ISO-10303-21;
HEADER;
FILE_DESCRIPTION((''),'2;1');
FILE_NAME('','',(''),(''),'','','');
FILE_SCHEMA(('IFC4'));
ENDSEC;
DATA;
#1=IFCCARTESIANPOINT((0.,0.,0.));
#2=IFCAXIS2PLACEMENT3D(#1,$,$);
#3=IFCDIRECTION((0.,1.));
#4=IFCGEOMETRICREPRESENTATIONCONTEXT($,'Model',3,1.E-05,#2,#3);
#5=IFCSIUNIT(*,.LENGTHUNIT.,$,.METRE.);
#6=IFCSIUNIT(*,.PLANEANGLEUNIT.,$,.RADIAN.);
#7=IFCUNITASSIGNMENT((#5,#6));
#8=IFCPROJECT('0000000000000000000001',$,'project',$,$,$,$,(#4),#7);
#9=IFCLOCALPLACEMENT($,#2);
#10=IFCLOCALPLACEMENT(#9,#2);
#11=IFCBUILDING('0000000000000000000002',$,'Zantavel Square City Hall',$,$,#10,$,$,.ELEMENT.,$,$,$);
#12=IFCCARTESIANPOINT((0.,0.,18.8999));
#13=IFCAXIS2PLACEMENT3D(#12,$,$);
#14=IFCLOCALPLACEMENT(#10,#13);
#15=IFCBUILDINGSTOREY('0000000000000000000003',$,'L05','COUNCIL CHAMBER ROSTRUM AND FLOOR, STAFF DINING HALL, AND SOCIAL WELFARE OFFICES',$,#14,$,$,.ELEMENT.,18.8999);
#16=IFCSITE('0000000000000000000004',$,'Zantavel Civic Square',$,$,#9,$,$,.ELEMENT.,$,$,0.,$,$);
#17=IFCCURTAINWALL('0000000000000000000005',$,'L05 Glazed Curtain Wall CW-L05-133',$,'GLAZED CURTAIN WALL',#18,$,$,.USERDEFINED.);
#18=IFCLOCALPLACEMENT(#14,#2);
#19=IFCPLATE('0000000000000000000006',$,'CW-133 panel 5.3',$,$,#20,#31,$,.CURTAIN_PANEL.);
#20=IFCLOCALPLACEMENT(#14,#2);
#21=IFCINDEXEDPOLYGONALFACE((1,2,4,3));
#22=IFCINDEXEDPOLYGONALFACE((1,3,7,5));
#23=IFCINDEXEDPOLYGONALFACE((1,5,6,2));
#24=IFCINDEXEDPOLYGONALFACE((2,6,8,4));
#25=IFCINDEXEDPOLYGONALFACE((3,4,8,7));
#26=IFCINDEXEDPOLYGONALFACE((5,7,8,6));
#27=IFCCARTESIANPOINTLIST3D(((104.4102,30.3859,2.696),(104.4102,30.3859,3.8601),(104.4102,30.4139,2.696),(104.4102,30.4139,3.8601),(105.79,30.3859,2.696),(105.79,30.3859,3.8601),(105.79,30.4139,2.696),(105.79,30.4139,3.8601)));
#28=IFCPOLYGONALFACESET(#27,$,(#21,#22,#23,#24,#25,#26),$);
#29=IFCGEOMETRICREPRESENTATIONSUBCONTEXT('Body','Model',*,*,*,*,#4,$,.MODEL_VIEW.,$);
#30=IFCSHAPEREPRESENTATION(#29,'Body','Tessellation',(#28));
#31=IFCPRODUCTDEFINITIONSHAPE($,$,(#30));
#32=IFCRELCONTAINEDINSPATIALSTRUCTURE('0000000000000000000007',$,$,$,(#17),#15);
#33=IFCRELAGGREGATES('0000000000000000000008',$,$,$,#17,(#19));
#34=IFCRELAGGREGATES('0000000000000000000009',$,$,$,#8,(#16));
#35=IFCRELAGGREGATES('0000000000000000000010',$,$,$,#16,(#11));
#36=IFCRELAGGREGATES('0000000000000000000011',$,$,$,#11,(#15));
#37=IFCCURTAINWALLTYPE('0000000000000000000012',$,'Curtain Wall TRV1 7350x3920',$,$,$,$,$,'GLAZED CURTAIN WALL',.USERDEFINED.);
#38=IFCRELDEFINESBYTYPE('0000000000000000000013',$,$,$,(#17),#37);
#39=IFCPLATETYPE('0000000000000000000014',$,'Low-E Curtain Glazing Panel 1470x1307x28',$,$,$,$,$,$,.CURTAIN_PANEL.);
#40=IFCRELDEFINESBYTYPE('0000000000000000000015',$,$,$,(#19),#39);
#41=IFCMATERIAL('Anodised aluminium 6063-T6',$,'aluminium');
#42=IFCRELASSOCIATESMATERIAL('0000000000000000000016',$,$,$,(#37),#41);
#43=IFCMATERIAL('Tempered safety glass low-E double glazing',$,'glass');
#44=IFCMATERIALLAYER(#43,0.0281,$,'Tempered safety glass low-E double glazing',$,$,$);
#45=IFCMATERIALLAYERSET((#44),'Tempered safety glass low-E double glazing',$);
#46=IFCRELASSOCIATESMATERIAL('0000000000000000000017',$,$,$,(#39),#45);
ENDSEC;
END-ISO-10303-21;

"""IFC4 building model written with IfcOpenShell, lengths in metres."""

from ifc_helpers import new_model, si_unit, direction, frame, origin, origin_2d, place, context, subcontext, project, spatial, rectangle, extrude, material, layer, layer_set, type_object, element, aggregate, save


model = new_model("IFC4")

# Units and contexts
model_context = context("Model", 3, precision=1e-05, world=origin(), true_north=direction((0.0, 1.0)))
body_context = subcontext(model_context, "Body", "Model", "MODEL_VIEW")
ifc_project = project(units=[si_unit("LENGTHUNIT", "METRE"), si_unit("PLANEANGLEUNIT", "RADIAN")], contexts=[model_context])

# Site, building, storey
site_placement = place(None, origin())
site = spatial("IfcSite", under=ifc_project, at=site_placement, Name="Zantavel Civic Square", CompositionType="ELEMENT", RefElevation=0.0)
building_placement = place(site_placement, origin())
building = spatial("IfcBuilding", under=site, at=building_placement, Name="Zantavel Square City Hall", CompositionType="ELEMENT")
storey_placement = place(building_placement, frame((0.0, 0.0, 18.8999)))
storey = spatial("IfcBuildingStorey", under=building, at=storey_placement, Name="L05", Description="COUNCIL CHAMBER ROSTRUM AND FLOOR, STAFF DINING HALL, AND SOCIAL WELFARE OFFICES", CompositionType="ELEMENT", Elevation=18.8999)

# Curtain wall
ifc_material_1 = material(Name="Anodised aluminium 6063-T6", Category="aluminium")
curtain_wall_type_1 = type_object("IfcCurtainWallType", Name="Curtain Wall TRV1 7350x3920", ElementType="GLAZED CURTAIN WALL", PredefinedType="USERDEFINED", material=ifc_material_1)
curtain_wall_1_placement = place(storey_placement, origin())
curtain_wall_1 = element("IfcCurtainWall", 1, at=curtain_wall_1_placement, inside=storey, type_object=curtain_wall_type_1, Name="L05 Glazed Curtain Wall CW-L05-133", ObjectType="GLAZED CURTAIN WALL", PredefinedType="USERDEFINED")

# Plate
ifc_material_2 = material(Name="Tempered safety glass low-E double glazing", Category="glass")
ifc_layer_1 = layer(ifc_material_2, 0.0281, Name="Tempered safety glass low-E double glazing")
ifc_layer_set_1 = layer_set([ifc_layer_1], Name="Tempered safety glass low-E double glazing")
plate_type_1 = type_object("IfcPlateType", Name="Low-E Curtain Glazing Panel 1470x1307x28", PredefinedType="CURTAIN_PANEL", material=ifc_layer_set_1)
plate_1_placement = place(storey_placement, frame((105.1001, 30.3999, 2.696), z_axis=(0.0, 0.0, 1.0), x_axis=(-1.0, 0.0, 0.0)))
plate_1 = element("IfcPlate", 2, at=plate_1_placement, type_object=plate_type_1, Name="CW-133 panel 5.3", PredefinedType="CURTAIN_PANEL", context=body_context, shape_type="SweptSolid", body=[
    extrude(rectangle(XDim=1.3799, YDim=0.0281, at=origin_2d()), origin(), (0.0, 0.0, 1.0), 1.1641),
])
aggregate(curtain_wall_1, [plate_1])

save(model, "model.ifc")
